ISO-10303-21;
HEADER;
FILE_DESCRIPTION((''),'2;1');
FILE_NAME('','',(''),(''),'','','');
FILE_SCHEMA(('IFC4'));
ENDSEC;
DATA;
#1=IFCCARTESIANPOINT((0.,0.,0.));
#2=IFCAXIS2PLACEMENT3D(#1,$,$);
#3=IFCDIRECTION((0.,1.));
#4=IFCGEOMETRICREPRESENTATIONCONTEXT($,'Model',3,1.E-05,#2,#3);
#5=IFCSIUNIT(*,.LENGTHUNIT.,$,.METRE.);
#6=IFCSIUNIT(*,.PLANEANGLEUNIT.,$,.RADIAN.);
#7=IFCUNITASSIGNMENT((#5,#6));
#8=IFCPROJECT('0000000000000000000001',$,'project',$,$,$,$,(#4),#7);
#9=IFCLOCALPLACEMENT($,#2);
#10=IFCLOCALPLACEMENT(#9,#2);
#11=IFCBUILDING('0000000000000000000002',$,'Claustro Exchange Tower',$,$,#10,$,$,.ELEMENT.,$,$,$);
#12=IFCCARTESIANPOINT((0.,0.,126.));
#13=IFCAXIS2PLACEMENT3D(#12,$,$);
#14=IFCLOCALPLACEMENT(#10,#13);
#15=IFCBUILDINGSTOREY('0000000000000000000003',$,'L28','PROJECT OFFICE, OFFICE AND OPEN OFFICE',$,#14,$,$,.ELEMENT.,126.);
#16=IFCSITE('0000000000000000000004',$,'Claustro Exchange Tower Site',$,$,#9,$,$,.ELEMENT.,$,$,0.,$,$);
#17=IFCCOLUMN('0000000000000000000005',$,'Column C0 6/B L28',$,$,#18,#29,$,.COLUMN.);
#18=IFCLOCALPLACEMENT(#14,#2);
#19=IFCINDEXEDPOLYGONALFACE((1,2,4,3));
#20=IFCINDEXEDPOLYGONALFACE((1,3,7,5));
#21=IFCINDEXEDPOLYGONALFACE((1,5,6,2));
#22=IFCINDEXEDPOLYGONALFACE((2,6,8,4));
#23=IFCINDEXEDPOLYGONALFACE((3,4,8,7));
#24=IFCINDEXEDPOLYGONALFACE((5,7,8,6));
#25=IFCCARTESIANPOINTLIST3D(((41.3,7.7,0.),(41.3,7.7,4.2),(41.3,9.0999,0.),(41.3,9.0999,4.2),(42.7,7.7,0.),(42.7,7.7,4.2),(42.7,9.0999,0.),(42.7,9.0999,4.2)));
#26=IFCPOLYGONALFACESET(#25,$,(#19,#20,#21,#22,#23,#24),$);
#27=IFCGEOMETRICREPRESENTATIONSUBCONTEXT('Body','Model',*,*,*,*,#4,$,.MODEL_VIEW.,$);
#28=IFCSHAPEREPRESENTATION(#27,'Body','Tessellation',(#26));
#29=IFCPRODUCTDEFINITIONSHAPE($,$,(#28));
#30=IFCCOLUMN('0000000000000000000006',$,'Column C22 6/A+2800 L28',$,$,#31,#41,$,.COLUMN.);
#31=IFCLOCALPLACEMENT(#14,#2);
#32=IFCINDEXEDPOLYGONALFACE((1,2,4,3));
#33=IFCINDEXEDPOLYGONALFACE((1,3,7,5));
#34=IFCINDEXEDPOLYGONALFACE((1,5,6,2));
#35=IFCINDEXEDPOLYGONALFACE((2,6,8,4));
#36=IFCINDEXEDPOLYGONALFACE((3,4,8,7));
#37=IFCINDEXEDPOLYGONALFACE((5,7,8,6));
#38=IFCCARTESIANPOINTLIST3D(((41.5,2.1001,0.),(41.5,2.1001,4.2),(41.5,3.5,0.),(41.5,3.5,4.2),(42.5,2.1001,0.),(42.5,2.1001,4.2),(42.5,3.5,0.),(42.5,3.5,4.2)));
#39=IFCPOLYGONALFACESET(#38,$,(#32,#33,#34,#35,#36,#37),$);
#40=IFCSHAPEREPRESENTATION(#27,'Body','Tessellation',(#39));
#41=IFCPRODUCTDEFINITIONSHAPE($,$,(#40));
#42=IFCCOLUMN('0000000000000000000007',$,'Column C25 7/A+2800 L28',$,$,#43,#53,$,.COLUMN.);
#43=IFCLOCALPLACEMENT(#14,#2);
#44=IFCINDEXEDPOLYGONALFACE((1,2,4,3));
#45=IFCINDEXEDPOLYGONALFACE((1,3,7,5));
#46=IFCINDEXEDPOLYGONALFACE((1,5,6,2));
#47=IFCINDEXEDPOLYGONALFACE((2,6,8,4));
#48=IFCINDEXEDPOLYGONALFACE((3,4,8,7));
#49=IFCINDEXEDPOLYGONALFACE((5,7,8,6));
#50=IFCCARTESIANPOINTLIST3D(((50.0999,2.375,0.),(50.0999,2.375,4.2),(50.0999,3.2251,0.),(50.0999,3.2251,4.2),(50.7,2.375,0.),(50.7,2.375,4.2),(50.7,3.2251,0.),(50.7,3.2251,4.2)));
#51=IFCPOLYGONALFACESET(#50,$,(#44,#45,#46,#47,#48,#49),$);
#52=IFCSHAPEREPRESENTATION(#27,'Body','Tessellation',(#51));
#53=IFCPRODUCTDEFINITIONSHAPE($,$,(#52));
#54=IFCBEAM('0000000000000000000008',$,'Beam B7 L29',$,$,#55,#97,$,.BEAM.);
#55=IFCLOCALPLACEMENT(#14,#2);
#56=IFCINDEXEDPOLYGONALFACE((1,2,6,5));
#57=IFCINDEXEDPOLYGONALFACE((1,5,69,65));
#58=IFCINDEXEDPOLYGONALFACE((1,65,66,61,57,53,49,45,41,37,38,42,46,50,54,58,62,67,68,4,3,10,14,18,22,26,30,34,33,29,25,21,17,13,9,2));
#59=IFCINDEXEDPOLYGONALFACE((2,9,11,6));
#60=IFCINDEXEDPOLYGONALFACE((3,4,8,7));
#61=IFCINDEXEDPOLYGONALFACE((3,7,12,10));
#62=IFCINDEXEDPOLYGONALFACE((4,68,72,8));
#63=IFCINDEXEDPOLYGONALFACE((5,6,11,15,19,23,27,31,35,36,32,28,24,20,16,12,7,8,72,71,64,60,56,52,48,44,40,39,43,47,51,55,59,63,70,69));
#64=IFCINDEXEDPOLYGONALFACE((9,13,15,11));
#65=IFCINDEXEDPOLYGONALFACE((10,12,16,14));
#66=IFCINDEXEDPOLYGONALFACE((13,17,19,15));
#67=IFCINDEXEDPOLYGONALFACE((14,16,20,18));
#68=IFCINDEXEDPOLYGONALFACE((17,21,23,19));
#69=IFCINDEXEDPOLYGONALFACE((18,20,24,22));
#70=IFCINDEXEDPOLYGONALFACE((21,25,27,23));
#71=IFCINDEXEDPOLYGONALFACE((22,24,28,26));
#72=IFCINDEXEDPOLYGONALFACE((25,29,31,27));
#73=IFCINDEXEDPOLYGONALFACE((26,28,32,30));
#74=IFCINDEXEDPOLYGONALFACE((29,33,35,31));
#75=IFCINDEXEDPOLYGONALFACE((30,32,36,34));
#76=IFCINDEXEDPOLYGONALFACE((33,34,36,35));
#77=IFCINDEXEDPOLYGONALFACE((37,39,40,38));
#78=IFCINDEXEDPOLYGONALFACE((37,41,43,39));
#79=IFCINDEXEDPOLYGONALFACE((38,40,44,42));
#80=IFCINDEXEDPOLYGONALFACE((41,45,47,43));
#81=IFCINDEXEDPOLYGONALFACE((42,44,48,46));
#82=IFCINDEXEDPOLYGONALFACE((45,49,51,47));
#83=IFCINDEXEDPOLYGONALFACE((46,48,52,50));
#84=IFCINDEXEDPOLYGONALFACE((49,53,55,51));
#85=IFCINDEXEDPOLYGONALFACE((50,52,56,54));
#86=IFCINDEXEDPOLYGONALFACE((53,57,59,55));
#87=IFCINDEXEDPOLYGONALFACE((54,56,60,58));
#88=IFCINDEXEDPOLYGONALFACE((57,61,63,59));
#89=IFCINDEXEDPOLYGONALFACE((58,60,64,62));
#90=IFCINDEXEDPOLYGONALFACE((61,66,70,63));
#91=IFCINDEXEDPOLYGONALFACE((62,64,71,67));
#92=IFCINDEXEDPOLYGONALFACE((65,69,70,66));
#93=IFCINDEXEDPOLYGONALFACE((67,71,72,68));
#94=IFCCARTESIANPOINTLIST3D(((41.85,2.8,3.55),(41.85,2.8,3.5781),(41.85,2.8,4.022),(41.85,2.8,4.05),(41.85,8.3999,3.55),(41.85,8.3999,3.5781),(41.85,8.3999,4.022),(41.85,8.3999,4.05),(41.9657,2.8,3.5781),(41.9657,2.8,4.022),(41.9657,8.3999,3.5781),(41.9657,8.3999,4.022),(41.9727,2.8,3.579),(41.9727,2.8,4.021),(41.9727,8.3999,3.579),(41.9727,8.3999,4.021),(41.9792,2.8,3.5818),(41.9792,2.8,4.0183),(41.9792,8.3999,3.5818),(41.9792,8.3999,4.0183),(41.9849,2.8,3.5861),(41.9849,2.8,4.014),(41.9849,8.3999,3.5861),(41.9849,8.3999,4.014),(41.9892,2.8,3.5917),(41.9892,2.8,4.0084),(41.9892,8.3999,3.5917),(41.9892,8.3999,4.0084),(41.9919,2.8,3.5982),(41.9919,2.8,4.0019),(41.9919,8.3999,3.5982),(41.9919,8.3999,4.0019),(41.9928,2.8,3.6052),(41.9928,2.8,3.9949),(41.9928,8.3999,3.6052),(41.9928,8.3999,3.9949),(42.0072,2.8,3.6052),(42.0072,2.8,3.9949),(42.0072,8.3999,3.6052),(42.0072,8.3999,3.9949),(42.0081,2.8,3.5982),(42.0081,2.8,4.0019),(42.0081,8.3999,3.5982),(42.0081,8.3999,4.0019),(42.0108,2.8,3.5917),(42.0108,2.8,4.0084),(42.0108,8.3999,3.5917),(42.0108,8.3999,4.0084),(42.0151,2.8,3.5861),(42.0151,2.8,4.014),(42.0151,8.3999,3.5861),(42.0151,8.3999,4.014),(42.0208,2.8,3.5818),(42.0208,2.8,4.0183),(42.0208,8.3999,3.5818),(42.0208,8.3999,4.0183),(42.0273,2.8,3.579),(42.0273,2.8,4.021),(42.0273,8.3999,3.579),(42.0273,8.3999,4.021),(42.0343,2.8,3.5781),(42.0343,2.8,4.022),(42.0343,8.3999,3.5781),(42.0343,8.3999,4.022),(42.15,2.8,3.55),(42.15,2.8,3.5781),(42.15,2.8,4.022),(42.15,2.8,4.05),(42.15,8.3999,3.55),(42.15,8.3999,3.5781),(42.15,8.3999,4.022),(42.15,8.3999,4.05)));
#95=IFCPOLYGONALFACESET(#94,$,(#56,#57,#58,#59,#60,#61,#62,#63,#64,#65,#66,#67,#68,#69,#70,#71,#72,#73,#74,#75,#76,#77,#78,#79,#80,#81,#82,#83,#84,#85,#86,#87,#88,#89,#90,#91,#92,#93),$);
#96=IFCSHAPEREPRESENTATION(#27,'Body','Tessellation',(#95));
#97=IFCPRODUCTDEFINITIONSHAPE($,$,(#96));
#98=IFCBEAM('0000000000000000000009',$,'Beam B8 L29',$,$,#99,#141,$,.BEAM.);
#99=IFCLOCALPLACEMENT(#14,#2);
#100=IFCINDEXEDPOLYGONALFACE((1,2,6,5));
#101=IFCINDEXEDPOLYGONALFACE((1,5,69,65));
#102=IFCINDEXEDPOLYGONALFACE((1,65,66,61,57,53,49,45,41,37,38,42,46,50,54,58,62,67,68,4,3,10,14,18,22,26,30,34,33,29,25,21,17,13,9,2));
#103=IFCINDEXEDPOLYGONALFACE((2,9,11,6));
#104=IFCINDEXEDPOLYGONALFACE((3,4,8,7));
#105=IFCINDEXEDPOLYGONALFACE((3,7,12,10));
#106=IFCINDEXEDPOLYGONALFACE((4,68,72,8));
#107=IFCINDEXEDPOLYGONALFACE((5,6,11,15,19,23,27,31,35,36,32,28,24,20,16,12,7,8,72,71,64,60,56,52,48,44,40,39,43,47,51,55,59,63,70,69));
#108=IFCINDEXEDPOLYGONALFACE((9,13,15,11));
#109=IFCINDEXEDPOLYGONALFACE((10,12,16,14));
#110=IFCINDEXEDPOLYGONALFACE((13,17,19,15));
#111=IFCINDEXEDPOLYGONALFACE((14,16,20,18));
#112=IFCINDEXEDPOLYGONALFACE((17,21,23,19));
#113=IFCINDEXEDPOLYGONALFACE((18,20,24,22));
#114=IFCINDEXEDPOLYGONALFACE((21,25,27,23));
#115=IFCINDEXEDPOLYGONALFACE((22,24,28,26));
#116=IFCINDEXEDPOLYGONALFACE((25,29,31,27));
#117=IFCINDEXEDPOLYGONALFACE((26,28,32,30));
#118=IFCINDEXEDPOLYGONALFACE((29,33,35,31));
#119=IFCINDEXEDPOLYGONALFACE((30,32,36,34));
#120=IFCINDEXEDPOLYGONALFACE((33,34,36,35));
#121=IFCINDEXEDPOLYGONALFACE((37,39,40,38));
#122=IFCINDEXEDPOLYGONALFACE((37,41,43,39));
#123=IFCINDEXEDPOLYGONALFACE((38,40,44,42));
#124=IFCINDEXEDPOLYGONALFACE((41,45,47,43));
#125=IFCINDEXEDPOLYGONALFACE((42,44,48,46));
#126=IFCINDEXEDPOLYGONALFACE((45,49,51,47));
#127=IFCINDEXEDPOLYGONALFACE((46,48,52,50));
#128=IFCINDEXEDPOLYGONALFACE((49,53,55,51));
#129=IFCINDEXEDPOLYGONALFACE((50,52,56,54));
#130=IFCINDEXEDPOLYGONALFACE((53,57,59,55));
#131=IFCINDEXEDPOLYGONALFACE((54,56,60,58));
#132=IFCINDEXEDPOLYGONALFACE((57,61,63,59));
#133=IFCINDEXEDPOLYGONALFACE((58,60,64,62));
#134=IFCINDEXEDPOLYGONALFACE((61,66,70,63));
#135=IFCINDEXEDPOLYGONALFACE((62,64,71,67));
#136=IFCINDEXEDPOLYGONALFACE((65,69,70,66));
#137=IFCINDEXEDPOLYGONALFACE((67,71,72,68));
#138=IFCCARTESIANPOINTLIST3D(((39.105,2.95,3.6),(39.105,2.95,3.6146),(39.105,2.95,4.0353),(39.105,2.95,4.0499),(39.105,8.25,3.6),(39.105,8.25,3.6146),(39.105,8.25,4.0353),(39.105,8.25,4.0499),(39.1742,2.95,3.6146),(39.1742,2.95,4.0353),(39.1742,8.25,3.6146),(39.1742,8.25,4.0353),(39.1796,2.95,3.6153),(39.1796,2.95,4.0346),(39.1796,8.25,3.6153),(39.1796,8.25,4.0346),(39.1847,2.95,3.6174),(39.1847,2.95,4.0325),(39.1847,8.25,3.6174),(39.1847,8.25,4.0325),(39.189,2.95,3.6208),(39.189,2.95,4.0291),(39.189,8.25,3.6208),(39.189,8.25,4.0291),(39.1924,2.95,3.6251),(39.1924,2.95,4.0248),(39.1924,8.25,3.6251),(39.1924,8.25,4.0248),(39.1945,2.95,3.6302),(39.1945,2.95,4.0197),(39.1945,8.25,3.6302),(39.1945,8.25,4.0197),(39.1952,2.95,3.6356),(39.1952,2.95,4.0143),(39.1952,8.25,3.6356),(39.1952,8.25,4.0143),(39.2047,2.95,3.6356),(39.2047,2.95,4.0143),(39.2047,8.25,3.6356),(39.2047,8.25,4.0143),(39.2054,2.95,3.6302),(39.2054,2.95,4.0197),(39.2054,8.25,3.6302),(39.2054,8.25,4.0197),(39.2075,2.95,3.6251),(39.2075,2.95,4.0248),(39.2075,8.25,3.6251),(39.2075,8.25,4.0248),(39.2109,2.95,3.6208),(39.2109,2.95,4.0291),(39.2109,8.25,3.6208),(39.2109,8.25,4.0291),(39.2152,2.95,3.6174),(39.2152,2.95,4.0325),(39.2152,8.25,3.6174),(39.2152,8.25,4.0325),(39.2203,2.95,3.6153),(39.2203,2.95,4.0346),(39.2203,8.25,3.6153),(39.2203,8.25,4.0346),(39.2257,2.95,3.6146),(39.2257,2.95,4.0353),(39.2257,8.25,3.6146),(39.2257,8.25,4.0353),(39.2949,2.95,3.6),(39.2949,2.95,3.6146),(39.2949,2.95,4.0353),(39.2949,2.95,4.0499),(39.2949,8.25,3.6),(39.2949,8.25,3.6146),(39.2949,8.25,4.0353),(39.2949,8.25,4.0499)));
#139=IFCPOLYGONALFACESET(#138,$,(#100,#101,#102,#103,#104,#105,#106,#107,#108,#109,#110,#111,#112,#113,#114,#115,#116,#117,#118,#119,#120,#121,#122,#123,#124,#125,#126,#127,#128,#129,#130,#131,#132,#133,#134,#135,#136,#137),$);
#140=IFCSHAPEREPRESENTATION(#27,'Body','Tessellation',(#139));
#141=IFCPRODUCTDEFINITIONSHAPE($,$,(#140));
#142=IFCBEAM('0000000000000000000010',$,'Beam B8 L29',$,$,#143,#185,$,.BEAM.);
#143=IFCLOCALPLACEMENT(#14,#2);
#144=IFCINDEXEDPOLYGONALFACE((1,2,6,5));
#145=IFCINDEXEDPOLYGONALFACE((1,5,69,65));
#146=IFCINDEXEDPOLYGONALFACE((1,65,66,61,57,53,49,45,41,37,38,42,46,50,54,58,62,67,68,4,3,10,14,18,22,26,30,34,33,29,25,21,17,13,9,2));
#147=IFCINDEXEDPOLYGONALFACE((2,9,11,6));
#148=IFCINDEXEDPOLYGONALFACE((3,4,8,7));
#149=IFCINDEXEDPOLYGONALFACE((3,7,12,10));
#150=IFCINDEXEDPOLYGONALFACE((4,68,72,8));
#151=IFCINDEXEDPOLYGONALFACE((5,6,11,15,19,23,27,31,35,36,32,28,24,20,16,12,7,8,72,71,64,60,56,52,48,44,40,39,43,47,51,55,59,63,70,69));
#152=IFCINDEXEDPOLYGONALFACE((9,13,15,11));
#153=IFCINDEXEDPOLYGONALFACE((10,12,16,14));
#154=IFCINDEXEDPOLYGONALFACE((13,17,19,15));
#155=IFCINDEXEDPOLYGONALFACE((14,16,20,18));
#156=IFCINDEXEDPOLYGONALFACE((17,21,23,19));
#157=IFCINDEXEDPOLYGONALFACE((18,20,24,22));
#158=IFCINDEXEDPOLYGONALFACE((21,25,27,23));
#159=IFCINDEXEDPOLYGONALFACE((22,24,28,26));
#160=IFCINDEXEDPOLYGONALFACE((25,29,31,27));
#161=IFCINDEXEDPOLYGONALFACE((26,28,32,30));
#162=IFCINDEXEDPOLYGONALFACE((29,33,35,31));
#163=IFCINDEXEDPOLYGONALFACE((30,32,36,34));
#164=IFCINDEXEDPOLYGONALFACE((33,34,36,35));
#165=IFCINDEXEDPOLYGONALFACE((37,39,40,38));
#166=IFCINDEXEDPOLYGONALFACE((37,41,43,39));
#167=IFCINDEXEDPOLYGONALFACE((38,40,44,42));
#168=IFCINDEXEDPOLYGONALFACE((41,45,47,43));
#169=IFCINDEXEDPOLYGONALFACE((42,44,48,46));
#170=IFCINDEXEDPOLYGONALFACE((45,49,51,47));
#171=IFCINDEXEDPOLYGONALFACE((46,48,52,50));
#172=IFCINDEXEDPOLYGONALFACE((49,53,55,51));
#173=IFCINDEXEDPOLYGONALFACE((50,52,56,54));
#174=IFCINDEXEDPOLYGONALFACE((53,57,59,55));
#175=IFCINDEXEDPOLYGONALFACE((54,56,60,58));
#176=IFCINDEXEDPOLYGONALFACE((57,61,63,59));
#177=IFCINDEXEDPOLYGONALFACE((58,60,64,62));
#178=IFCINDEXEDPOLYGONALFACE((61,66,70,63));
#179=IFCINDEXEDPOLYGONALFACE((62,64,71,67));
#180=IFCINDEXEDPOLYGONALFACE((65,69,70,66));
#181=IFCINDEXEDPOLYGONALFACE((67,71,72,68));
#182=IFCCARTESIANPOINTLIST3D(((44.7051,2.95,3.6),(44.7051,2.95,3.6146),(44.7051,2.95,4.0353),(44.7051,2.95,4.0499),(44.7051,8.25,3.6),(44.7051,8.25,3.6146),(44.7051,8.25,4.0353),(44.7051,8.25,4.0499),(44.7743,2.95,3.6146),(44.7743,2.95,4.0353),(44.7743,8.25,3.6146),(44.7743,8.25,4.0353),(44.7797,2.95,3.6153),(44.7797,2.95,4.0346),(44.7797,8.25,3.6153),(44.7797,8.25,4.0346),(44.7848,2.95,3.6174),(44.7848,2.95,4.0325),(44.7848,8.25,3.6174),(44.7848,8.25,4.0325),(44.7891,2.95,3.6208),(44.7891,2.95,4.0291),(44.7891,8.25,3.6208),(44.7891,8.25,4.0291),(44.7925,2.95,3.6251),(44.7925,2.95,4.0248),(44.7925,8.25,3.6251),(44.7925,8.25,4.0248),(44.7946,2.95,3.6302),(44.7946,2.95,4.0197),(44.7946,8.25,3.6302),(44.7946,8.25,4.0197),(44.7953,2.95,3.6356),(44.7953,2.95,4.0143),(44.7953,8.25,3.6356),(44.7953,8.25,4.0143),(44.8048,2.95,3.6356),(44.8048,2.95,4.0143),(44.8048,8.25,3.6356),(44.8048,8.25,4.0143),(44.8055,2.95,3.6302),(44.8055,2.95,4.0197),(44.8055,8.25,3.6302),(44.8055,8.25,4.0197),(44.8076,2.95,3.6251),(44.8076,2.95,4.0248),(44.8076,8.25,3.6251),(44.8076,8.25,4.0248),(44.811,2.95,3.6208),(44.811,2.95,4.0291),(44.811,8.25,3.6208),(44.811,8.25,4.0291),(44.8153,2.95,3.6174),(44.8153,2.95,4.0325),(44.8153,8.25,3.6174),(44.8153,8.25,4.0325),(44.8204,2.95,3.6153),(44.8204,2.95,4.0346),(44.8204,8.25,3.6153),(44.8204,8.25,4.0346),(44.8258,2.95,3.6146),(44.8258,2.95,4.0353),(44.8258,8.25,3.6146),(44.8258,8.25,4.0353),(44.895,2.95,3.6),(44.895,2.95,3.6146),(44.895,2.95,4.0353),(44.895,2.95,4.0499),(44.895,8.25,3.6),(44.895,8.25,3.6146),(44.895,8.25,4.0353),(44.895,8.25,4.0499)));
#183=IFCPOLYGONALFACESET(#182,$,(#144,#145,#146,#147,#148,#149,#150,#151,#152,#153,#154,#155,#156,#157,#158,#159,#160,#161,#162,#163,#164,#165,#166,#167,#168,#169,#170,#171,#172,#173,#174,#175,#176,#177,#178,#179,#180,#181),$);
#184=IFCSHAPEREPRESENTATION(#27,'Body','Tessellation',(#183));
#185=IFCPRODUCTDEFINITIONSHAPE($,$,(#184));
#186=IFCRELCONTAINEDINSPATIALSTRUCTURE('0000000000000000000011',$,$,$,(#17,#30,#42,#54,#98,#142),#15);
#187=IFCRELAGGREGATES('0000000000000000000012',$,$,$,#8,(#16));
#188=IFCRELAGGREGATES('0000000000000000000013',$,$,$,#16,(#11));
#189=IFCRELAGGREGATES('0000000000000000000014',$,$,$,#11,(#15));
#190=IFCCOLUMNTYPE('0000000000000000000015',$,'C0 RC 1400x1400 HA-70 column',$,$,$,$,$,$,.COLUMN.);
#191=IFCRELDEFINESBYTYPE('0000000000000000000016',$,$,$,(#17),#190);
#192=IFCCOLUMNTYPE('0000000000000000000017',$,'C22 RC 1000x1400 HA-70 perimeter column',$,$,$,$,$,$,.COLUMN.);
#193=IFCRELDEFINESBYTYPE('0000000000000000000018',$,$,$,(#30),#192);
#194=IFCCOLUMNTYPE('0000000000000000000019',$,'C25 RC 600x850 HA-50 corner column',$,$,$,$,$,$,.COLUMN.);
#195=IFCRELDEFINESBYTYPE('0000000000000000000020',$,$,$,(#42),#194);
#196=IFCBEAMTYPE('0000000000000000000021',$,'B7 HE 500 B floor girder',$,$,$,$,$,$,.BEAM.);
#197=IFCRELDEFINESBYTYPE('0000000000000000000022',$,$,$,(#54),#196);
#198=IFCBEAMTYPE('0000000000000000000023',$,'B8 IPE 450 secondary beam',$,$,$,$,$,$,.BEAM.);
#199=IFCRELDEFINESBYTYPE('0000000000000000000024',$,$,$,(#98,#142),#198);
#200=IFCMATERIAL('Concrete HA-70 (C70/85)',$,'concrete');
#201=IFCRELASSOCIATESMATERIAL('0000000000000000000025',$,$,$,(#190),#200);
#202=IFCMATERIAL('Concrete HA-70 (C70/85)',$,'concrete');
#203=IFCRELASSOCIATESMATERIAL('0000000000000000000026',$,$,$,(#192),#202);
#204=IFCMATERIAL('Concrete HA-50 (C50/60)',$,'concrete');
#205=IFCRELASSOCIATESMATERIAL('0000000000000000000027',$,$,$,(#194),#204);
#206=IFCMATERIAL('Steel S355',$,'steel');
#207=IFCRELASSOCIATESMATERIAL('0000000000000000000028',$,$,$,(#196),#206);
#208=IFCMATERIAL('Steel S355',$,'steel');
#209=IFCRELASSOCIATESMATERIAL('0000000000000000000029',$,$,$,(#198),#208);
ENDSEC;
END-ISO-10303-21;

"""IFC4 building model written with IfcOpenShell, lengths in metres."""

from ifc_helpers import new_model, si_unit, direction, frame, origin, origin_2d, place, context, subcontext, project, spatial, rectangle, i_section, extrude, material, material_profile, profile_set, type_object, element, save


model = new_model("IFC4")

# Units and contexts
model_context = context("Model", 3, precision=1e-05, world=origin(), true_north=direction((0.0, 1.0)))
body_context = subcontext(model_context, "Body", "Model", "MODEL_VIEW")
ifc_project = project(units=[si_unit("LENGTHUNIT", "METRE"), si_unit("PLANEANGLEUNIT", "RADIAN")], contexts=[model_context])

# Site, building, storey
site_placement = place(None, origin())
site = spatial("IfcSite", under=ifc_project, at=site_placement, Name="Claustro Exchange Tower Site", CompositionType="ELEMENT", RefElevation=0.0)
building_placement = place(site_placement, origin())
building = spatial("IfcBuilding", under=site, at=building_placement, Name="Claustro Exchange Tower", CompositionType="ELEMENT")
storey_placement = place(building_placement, frame((0.0, 0.0, 126.0)))
storey = spatial("IfcBuildingStorey", under=building, at=storey_placement, Name="L28", Description="PROJECT OFFICE, OFFICE AND OPEN OFFICE", CompositionType="ELEMENT", Elevation=126.0)

# Columns
ifc_material_1 = material(Name="Concrete HA-70 (C70/85)", Category="concrete")
ifc_material_profile_1 = material_profile(ifc_material_1, rectangle(XDim=1.3999, YDim=1.3999, at=origin_2d()), Name="RC 1400x1400")
ifc_profile_set_1 = profile_set([ifc_material_profile_1], Name="Concrete HA-70 (C70/85)")
column_type_1 = type_object("IfcColumnType", Name="C0 RC 1400x1400 HA-70 column", PredefinedType="COLUMN", material=ifc_profile_set_1)
column_1_placement = place(storey_placement, frame((42.0, 8.3999, 0.0), z_axis=(0.0, 0.0, 1.0), x_axis=(1.0, 0.0, 0.0)))
element("IfcColumn", 1, at=column_1_placement, inside=storey, type_object=column_type_1, Name="Column C0 6/B L28", PredefinedType="COLUMN", context=body_context, shape_type="SweptSolid", body=[
    extrude(rectangle(XDim=1.3999, YDim=1.3999, at=origin_2d()), origin(), (0.0, 0.0, 1.0), 4.2),
])
ifc_material_2 = material(Name="Concrete HA-70 (C70/85)", Category="concrete")
ifc_material_profile_2 = material_profile(ifc_material_2, rectangle(XDim=1.0, YDim=1.3999, at=origin_2d()), Name="RC 1000x1400")
ifc_profile_set_2 = profile_set([ifc_material_profile_2], Name="Concrete HA-70 (C70/85)")
column_type_2 = type_object("IfcColumnType", Name="C22 RC 1000x1400 HA-70 perimeter column", PredefinedType="COLUMN", material=ifc_profile_set_2)
column_2_placement = place(storey_placement, frame((42.0, 2.8, 0.0), z_axis=(0.0, 0.0, 1.0), x_axis=(1.0, 0.0, 0.0)))
element("IfcColumn", 2, at=column_2_placement, inside=storey, type_object=column_type_2, Name="Column C22 6/A+2800 L28", PredefinedType="COLUMN", context=body_context, shape_type="SweptSolid", body=[
    extrude(rectangle(XDim=1.0, YDim=1.3999, at=origin_2d()), origin(), (0.0, 0.0, 1.0), 4.2),
])
ifc_material_3 = material(Name="Concrete HA-50 (C50/60)", Category="concrete")
ifc_material_profile_3 = material_profile(ifc_material_3, rectangle(XDim=0.6001, YDim=0.8501, at=origin_2d()), Name="RC 600x850")
ifc_profile_set_3 = profile_set([ifc_material_profile_3], Name="Concrete HA-50 (C50/60)")
column_type_3 = type_object("IfcColumnType", Name="C25 RC 600x850 HA-50 corner column", PredefinedType="COLUMN", material=ifc_profile_set_3)
column_3_placement = place(storey_placement, frame((50.3999, 2.8, 0.0), z_axis=(0.0, 0.0, 1.0), x_axis=(1.0, 0.0, 0.0)))
element("IfcColumn", 3, at=column_3_placement, inside=storey, type_object=column_type_3, Name="Column C25 7/A+2800 L28", PredefinedType="COLUMN", context=body_context, shape_type="SweptSolid", body=[
    extrude(rectangle(XDim=0.6001, YDim=0.8501, at=origin_2d()), origin(), (0.0, 0.0, 1.0), 4.2),
])

# Beams
ifc_material_4 = material(Name="Steel S355", Category="steel")
ifc_material_profile_4 = material_profile(ifc_material_4, i_section(OverallWidth=0.3, OverallDepth=0.5, WebThickness=0.0144, FlangeThickness=0.0281, FilletRadius=0.0271, at=origin_2d()), Name="HE 500 B")
ifc_profile_set_4 = profile_set([ifc_material_profile_4], Name="Steel S355")
beam_type_1 = type_object("IfcBeamType", Name="B7 HE 500 B floor girder", PredefinedType="BEAM", material=ifc_profile_set_4)
beam_1_placement = place(storey_placement, frame((42.0, 2.8, 3.8), z_axis=(0.0, 1.0, 0.0), x_axis=(-1.0, 0.0, 0.0)))
element("IfcBeam", 4, at=beam_1_placement, inside=storey, type_object=beam_type_1, Name="Beam B7 L29", PredefinedType="BEAM", context=body_context, shape_type="SweptSolid", body=[
    extrude(i_section(OverallWidth=0.3, OverallDepth=0.5, WebThickness=0.0144, FlangeThickness=0.0281, FilletRadius=0.0271, at=origin_2d()), origin(), (0.0, 0.0, 1.0), 5.5999),
])
ifc_material_5 = material(Name="Steel S355", Category="steel")
ifc_material_profile_5 = material_profile(ifc_material_5, i_section(OverallWidth=0.1899, OverallDepth=0.45, WebThickness=0.0095, FlangeThickness=0.0146, FilletRadius=0.021, at=origin_2d()), Name="IPE 450")
ifc_profile_set_5 = profile_set([ifc_material_profile_5], Name="Steel S355")
beam_type_2 = type_object("IfcBeamType", Name="B8 IPE 450 secondary beam", PredefinedType="BEAM", material=ifc_profile_set_5)
for number, where, z_axis, x_axis, name in (
    (5, (39.2, 2.95, 3.825), (0.0, 1.0, 0.0), (-1.0, 0.0, 0.0), "Beam B8 L29"),
    (6, (44.8, 2.95, 3.825), (0.0, 1.0, 0.0), (-1.0, 0.0, 0.0), "Beam B8 L29"),
):
    element("IfcBeam", number, at=place(storey_placement, frame(where, z_axis=z_axis, x_axis=x_axis)), inside=storey, type_object=beam_type_2, Name=name, PredefinedType="BEAM", context=body_context, shape_type="SweptSolid", body=[
        extrude(i_section(OverallWidth=0.1899, OverallDepth=0.45, WebThickness=0.0095, FlangeThickness=0.0146, FilletRadius=0.021, at=origin_2d()), origin(), (0.0, 0.0, 1.0), 5.3),
    ])

save(model, "model.ifc")
